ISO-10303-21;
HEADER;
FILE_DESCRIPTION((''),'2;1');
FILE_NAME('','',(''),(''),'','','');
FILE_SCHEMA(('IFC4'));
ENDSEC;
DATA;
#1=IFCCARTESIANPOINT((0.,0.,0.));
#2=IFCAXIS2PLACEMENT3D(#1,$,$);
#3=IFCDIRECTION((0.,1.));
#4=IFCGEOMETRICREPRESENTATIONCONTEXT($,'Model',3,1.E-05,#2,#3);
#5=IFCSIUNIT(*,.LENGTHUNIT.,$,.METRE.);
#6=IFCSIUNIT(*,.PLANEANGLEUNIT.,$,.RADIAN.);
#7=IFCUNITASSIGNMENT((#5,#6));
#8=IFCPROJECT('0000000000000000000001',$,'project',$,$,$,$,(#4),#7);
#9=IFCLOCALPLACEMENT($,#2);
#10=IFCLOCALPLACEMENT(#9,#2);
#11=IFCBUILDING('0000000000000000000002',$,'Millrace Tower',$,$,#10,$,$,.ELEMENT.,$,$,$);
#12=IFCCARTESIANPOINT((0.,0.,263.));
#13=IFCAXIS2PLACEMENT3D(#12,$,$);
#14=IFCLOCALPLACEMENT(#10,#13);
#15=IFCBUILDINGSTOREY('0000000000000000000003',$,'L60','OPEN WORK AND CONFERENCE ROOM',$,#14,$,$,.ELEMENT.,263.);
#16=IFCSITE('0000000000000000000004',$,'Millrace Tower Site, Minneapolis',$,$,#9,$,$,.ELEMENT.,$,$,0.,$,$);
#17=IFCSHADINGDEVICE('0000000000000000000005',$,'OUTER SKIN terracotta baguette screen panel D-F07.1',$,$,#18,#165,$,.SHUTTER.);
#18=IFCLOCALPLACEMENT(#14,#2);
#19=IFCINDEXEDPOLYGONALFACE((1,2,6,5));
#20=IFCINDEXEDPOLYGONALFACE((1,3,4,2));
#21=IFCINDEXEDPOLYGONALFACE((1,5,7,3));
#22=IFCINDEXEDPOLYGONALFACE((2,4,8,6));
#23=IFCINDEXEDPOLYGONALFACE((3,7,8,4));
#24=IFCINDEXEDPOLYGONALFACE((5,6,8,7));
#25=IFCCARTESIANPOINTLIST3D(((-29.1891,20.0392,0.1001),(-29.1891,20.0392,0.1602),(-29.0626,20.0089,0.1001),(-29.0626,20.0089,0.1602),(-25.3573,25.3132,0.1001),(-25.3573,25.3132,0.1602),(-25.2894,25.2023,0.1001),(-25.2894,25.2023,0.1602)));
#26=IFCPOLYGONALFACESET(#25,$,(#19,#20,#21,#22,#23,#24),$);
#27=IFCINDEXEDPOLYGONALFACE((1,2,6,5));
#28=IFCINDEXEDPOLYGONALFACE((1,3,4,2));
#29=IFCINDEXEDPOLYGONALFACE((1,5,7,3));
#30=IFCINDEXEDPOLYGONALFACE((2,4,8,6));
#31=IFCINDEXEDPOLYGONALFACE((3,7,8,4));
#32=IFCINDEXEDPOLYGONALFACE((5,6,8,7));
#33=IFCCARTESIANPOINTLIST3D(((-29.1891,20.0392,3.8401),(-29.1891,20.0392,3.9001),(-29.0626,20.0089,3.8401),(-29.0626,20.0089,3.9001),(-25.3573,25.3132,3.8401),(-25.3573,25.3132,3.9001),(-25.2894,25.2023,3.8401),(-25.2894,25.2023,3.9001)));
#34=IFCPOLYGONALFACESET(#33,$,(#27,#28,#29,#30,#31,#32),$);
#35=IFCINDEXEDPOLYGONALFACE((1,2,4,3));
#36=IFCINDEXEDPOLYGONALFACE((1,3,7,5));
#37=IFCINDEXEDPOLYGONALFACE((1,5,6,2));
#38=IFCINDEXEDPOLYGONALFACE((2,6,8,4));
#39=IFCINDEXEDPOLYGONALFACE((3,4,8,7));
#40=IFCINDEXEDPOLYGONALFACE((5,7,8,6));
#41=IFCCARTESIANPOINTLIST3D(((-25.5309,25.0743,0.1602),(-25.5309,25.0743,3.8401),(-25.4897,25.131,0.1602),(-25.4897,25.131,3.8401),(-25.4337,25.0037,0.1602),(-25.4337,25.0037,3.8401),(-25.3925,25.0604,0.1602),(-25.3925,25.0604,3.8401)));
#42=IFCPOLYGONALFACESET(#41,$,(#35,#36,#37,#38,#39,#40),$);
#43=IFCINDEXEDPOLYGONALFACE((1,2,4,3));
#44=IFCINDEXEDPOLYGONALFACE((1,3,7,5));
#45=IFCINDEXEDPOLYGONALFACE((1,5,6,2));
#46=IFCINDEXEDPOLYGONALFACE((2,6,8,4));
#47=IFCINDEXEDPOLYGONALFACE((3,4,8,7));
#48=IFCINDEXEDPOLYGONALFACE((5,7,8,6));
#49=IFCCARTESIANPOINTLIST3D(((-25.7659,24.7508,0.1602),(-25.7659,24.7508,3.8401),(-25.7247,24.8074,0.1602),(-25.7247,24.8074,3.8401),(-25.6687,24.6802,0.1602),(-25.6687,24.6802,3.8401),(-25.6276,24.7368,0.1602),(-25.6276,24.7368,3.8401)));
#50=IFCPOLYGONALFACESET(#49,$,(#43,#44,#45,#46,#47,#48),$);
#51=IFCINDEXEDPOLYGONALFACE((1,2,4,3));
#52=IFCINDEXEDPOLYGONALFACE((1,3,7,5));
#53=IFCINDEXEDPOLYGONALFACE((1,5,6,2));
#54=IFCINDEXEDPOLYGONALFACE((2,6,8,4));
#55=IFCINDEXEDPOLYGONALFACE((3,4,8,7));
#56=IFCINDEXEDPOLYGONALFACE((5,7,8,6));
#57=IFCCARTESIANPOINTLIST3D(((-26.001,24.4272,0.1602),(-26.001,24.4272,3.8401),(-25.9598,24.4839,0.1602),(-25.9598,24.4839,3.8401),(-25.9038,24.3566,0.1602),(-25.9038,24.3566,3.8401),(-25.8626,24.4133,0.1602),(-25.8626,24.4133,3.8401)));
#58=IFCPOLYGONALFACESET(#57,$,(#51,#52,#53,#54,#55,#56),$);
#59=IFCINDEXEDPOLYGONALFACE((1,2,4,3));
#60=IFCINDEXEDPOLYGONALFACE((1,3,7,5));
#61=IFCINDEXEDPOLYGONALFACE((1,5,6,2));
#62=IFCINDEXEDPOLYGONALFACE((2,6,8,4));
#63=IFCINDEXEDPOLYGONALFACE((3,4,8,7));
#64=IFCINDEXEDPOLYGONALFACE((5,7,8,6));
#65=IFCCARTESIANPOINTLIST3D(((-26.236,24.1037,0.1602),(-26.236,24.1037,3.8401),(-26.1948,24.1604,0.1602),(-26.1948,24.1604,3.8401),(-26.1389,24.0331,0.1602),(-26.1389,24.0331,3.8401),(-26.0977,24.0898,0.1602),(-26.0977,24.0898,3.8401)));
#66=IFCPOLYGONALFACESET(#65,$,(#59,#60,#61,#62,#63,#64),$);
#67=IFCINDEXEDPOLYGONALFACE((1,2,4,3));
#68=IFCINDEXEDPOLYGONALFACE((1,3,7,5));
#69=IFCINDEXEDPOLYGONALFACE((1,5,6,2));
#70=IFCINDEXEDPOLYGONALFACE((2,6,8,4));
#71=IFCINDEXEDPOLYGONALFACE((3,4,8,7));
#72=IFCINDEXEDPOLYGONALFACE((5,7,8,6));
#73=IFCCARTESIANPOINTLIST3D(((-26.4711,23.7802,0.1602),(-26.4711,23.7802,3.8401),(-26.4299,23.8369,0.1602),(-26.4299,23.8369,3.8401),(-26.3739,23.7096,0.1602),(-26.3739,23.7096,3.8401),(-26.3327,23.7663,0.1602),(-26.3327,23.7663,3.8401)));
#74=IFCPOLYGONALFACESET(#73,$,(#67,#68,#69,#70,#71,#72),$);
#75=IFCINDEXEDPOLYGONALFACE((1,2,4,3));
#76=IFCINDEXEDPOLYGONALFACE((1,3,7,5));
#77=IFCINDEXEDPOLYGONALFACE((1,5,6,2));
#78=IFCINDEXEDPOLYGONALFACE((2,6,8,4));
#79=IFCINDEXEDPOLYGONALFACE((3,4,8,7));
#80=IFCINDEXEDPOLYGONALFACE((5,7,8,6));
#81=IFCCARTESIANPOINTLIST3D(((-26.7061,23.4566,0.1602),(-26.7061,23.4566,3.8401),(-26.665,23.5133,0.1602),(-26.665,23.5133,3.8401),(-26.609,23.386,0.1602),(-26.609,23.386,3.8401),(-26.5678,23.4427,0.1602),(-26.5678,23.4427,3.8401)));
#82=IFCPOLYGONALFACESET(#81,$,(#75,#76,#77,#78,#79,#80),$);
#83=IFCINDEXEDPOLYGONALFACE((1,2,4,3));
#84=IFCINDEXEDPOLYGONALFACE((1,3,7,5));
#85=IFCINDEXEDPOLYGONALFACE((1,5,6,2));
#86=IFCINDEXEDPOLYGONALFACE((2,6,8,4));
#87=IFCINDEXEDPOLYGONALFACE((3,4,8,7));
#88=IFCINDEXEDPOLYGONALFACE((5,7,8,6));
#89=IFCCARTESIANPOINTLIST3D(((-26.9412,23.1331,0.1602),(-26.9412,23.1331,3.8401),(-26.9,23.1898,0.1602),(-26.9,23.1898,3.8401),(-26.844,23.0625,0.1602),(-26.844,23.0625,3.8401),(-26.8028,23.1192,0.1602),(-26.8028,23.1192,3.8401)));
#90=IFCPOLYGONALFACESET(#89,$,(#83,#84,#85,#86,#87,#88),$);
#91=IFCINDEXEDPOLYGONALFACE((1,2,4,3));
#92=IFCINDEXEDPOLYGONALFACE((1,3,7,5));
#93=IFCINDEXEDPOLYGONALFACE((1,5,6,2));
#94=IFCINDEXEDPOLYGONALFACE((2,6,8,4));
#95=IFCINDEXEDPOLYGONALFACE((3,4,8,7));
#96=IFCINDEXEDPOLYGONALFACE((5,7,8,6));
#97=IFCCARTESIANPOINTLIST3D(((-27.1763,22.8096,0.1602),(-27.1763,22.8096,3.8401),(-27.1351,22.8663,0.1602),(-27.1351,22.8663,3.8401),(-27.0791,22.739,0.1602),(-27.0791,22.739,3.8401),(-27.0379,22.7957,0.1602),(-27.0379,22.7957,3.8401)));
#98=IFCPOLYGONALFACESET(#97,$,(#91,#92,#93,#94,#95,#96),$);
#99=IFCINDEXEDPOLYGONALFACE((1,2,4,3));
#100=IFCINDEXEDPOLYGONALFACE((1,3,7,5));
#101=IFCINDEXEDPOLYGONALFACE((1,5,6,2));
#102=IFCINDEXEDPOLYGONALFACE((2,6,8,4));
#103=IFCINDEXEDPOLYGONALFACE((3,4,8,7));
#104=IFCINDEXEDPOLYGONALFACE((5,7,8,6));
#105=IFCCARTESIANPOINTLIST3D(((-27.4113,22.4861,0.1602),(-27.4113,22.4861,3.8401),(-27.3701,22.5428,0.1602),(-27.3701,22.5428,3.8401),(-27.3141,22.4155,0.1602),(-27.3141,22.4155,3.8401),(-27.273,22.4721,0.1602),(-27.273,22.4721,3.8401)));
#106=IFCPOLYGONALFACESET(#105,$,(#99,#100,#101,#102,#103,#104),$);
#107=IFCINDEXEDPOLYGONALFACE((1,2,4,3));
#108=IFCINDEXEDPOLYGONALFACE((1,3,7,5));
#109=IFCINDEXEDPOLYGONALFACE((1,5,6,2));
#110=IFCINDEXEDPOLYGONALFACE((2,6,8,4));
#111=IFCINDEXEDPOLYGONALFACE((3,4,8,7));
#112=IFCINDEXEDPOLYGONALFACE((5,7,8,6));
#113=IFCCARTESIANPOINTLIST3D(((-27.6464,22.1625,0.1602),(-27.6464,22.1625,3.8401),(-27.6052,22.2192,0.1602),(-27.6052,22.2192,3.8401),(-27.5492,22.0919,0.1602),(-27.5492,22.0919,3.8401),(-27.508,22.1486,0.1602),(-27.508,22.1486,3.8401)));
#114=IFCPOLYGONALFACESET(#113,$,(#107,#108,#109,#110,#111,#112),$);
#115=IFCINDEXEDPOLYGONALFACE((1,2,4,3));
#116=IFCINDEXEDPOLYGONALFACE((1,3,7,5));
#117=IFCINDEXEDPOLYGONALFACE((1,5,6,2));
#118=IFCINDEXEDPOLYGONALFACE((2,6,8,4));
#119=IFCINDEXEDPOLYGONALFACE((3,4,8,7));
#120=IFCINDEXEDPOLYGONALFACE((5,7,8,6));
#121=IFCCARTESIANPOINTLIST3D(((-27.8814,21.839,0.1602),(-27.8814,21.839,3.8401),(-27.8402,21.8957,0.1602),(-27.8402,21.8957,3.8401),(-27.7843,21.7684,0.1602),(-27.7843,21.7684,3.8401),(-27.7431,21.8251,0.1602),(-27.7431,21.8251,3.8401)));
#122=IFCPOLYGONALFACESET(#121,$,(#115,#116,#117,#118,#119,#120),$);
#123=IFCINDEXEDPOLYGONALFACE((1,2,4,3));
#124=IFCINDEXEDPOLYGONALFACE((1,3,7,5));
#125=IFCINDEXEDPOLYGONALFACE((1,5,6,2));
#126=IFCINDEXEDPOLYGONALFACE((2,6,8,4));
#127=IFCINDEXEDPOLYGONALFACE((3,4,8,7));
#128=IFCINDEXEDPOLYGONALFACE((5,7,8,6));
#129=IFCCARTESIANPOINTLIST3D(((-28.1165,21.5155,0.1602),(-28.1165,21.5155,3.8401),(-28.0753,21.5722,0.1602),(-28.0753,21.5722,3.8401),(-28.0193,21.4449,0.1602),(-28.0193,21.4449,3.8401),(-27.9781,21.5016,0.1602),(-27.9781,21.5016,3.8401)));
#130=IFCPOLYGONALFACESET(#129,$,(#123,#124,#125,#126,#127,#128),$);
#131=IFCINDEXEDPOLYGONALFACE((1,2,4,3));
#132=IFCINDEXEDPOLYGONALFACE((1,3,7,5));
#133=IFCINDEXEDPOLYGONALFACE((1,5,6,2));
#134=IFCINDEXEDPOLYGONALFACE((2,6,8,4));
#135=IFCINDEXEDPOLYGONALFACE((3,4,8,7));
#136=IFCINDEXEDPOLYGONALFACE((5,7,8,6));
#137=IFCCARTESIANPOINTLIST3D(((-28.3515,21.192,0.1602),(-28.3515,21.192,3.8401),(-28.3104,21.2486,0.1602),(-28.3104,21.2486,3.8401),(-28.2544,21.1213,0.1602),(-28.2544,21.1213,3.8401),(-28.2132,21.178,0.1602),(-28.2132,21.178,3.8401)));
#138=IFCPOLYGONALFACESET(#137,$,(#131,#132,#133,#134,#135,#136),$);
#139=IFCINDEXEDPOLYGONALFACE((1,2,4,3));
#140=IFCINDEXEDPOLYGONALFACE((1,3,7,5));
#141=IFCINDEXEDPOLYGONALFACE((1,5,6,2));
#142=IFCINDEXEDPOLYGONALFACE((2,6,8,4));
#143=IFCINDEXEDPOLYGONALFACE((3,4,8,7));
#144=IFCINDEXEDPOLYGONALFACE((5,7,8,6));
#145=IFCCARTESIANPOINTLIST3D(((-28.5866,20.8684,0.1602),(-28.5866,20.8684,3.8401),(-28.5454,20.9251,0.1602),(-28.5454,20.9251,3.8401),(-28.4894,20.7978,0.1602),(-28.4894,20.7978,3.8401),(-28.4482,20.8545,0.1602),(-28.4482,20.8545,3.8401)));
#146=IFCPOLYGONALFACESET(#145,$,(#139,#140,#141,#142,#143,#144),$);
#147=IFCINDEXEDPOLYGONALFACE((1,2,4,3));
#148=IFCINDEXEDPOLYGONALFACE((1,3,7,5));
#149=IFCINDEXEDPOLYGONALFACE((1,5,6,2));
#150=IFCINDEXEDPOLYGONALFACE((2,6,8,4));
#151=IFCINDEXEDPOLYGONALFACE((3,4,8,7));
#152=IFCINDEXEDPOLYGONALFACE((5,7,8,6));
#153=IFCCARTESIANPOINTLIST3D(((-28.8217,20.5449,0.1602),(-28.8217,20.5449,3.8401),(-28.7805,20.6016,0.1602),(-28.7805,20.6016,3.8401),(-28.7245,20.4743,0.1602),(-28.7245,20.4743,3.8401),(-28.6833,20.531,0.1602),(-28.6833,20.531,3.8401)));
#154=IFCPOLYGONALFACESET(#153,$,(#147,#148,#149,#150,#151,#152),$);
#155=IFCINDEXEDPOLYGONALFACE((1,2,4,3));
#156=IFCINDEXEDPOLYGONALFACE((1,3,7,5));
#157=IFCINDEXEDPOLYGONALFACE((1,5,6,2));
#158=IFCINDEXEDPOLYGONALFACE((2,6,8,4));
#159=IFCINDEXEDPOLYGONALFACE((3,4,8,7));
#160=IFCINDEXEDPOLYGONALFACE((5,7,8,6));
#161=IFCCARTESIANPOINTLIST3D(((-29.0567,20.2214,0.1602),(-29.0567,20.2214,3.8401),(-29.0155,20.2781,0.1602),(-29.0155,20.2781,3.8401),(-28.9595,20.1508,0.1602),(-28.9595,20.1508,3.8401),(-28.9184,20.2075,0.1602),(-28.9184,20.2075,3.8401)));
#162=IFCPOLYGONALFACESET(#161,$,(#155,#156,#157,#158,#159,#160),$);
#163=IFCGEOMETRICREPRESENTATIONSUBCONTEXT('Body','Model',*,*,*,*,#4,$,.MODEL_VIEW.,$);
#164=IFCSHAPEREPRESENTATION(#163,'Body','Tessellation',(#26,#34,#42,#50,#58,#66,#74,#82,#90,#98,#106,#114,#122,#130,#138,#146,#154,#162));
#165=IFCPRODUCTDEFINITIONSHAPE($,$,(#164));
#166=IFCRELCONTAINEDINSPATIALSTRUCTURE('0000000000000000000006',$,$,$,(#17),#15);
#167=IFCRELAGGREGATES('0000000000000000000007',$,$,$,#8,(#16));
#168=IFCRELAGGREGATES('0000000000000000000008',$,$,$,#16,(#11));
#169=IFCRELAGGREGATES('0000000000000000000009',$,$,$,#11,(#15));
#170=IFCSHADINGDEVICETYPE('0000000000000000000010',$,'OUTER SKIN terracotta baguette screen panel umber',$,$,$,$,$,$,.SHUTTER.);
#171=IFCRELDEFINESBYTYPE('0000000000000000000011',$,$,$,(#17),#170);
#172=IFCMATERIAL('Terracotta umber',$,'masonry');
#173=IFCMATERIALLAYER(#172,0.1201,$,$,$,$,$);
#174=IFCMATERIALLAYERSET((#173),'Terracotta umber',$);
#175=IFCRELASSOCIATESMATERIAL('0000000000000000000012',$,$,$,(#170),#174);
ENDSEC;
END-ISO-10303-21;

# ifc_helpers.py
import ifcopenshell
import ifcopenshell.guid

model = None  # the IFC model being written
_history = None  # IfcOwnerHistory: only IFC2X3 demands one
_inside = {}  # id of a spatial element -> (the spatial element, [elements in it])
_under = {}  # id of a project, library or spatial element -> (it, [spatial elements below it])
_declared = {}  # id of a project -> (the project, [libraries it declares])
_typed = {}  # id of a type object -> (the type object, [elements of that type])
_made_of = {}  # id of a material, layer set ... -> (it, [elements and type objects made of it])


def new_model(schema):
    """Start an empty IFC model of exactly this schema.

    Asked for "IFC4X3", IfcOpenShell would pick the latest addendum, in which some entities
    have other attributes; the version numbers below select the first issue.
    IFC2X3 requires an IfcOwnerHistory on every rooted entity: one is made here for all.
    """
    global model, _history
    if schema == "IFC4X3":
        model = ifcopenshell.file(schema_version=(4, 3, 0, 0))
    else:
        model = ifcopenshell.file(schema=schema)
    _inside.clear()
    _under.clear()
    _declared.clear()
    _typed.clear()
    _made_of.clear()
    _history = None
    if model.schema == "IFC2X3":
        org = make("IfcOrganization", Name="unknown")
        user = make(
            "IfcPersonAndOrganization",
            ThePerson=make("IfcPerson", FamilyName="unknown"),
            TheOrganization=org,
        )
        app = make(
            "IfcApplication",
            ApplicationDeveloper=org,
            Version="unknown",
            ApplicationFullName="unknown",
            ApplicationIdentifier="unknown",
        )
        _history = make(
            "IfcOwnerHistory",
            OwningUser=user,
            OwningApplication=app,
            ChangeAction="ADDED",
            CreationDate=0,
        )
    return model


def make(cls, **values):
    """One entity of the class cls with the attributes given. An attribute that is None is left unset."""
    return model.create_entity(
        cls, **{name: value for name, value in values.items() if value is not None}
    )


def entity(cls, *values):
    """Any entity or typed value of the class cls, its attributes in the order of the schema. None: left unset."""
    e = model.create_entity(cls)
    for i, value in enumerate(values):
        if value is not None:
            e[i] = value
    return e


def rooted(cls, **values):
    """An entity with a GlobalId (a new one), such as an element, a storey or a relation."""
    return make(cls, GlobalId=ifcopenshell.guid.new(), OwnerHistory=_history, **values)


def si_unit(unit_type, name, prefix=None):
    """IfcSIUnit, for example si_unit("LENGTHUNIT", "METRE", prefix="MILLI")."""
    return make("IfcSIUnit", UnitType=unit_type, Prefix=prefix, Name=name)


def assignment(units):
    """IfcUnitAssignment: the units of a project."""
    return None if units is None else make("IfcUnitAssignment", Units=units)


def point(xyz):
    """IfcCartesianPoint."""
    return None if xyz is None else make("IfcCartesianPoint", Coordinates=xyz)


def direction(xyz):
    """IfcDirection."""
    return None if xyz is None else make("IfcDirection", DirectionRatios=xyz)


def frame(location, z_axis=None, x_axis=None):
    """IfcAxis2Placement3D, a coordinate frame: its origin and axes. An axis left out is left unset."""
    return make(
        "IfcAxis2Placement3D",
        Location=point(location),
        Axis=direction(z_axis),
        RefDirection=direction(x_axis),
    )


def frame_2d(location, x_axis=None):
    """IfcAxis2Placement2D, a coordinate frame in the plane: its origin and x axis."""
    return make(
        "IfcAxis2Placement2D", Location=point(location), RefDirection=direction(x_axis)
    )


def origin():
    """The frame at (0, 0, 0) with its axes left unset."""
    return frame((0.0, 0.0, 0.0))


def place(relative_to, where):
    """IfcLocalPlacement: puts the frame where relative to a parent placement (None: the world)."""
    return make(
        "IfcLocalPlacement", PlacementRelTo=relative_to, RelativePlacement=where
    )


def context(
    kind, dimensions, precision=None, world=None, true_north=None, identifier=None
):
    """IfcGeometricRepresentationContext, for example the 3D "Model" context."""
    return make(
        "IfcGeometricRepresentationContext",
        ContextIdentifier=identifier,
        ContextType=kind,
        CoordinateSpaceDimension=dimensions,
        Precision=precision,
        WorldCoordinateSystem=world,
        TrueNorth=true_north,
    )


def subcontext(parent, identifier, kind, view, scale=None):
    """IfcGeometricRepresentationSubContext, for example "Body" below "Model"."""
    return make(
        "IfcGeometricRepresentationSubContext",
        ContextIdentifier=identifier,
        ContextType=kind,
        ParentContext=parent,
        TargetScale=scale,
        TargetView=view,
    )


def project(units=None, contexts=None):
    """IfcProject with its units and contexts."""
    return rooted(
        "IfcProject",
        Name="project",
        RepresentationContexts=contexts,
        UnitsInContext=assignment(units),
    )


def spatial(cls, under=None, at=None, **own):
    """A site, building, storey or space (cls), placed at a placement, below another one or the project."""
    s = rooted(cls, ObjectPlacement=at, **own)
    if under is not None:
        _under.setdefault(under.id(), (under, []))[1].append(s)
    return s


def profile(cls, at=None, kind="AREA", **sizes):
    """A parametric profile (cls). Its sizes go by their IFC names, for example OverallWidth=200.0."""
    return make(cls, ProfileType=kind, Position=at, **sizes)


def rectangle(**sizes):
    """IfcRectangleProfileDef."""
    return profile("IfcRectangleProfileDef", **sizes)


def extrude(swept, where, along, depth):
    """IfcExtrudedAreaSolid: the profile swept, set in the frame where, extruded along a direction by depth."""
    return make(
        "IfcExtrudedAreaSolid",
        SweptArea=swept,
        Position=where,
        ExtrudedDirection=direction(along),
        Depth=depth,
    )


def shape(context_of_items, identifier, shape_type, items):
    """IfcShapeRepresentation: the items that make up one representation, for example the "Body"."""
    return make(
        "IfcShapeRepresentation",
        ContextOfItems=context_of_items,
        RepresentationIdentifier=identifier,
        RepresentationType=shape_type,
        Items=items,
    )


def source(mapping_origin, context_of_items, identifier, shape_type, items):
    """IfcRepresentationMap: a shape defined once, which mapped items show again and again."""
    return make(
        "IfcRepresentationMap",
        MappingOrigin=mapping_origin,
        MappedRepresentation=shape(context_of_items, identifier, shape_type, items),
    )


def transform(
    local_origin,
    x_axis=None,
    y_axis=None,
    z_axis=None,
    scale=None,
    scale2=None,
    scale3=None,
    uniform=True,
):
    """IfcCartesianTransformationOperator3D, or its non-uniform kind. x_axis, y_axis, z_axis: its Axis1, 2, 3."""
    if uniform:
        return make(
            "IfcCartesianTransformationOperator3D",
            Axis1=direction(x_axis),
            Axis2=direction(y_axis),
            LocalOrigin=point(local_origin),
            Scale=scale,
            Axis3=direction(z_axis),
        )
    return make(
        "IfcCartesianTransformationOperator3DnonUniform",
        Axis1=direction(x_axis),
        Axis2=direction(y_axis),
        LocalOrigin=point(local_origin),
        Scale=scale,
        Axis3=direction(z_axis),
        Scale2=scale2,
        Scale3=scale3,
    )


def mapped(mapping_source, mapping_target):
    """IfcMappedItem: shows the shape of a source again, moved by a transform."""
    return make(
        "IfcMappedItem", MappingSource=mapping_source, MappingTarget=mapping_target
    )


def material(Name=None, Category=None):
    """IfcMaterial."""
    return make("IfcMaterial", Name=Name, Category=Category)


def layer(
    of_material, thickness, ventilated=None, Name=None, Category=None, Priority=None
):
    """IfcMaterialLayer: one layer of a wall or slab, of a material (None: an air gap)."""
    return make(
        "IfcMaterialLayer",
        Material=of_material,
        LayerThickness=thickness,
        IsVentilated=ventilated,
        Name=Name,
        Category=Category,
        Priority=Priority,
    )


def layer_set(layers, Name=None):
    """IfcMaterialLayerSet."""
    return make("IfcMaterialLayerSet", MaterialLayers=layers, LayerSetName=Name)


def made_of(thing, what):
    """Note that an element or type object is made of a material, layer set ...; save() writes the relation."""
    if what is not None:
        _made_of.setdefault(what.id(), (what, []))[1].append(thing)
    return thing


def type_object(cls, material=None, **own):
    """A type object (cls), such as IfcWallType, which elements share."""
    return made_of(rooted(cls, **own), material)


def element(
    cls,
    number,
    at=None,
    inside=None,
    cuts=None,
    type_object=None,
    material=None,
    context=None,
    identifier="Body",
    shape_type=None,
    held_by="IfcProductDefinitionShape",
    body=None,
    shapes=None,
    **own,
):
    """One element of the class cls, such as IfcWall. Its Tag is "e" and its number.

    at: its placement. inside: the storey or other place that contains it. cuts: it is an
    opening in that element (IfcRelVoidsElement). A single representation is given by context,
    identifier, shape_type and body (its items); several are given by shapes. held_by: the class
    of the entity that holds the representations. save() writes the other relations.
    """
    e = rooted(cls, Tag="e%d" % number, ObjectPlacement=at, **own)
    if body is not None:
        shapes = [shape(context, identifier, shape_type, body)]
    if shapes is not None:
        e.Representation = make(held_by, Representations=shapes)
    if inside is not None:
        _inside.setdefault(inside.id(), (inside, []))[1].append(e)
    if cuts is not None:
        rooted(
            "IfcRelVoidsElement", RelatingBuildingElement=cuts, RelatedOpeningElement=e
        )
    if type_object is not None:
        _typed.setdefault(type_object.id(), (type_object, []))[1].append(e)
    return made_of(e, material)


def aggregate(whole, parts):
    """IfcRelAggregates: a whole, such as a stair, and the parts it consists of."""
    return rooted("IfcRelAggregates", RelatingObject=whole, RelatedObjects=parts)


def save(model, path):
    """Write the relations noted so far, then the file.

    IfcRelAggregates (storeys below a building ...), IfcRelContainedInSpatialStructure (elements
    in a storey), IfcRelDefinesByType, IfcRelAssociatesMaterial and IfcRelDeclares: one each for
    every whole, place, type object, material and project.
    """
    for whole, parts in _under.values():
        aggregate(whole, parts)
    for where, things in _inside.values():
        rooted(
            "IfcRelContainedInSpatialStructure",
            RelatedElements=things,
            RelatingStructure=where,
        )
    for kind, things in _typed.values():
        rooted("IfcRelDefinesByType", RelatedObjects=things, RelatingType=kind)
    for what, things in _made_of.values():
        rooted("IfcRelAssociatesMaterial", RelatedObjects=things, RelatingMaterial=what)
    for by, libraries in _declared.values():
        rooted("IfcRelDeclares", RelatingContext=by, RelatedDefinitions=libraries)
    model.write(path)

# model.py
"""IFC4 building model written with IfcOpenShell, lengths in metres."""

from ifc_helpers import new_model, entity, si_unit, direction, frame, frame_2d, origin, place, context, subcontext, project, spatial, rectangle, extrude, source, transform, mapped, material, layer, layer_set, type_object, element, save


model = new_model("IFC4")

# Units and contexts
model_context = context("Model", 3, precision=1e-05, world=origin(), true_north=direction((0.0, 1.0)))
body_context = subcontext(model_context, "Body", "Model", "MODEL_VIEW")
ifc_project = project(units=[si_unit("LENGTHUNIT", "METRE"), si_unit("PLANEANGLEUNIT", "RADIAN")], contexts=[model_context])

# Site, building, storey
site_placement = place(None, origin())
site = spatial("IfcSite", under=ifc_project, at=site_placement, Name="Millrace Tower Site, Minneapolis", CompositionType="ELEMENT", RefElevation=0.0)
building_placement = place(site_placement, origin())
building = spatial("IfcBuilding", under=site, at=building_placement, Name="Millrace Tower", CompositionType="ELEMENT")
storey_placement = place(building_placement, frame((0.0, 0.0, 263.0)))
storey = spatial("IfcBuildingStorey", under=building, at=storey_placement, Name="L60", Description="OPEN WORK AND CONFERENCE ROOM", CompositionType="ELEMENT", Elevation=263.0)

# Shading device
ifc_material_1 = material(Name="Terracotta umber", Category="masonry")
ifc_layer_1 = layer(ifc_material_1, 0.1201)
ifc_layer_set_1 = layer_set([ifc_layer_1], Name="Terracotta umber")
shading_device_type = type_object("IfcShadingDeviceType", Name="OUTER SKIN terracotta baguette screen panel umber", PredefinedType="SHUTTER", material=ifc_layer_set_1)
cartesian_point_1 = entity("IfcCartesianPoint", [-3.2097, 0.0601])
shared_polyline_1 = entity("IfcPolyline", [cartesian_point_1, entity("IfcCartesianPoint", [3.2097, 0.0601]), entity("IfcCartesianPoint", [3.2595, -0.0601]), entity("IfcCartesianPoint", [-3.2595, -0.0601]), cartesian_point_1])
shared_shape_1 = source(origin(), body_context, "Body", "SweptSolid", [
    entity("IfcExtrudedAreaSolid", entity("IfcArbitraryClosedProfileDef", "AREA", None, shared_polyline_1), entity("IfcAxis2Placement3D", entity("IfcCartesianPoint", [0.0, 0.0, 0.0])), entity("IfcDirection", [0.0, 0.0, 1.0]), 0.0601),
    entity("IfcExtrudedAreaSolid", entity("IfcArbitraryClosedProfileDef", "AREA", None, shared_polyline_1), entity("IfcAxis2Placement3D", entity("IfcCartesianPoint", [0.0, 0.0, 3.74])), entity("IfcDirection", [0.0, 0.0, 1.0]), 0.0601),
    extrude(rectangle(XDim=0.0701, YDim=0.1201, at=frame_2d((-2.9993, 0.0))), frame((0.0, 0.0, 0.0601)), (0.0, 0.0, 1.0), 3.6799),
    extrude(rectangle(XDim=0.0701, YDim=0.1201, at=frame_2d((-2.5994, 0.0))), frame((0.0, 0.0, 0.0601)), (0.0, 0.0, 1.0), 3.6799),
    extrude(rectangle(XDim=0.0701, YDim=0.1201, at=frame_2d((-2.1995, 0.0))), frame((0.0, 0.0, 0.0601)), (0.0, 0.0, 1.0), 3.6799),
    extrude(rectangle(XDim=0.0701, YDim=0.1201, at=frame_2d((-1.7996, 0.0))), frame((0.0, 0.0, 0.0601)), (0.0, 0.0, 1.0), 3.6799),
    extrude(rectangle(XDim=0.0701, YDim=0.1201, at=frame_2d((-1.3997, 0.0))), frame((0.0, 0.0, 0.0601)), (0.0, 0.0, 1.0), 3.6799),
    extrude(rectangle(XDim=0.0701, YDim=0.1201, at=frame_2d((-0.9998, 0.0))), frame((0.0, 0.0, 0.0601)), (0.0, 0.0, 1.0), 3.6799),
    extrude(rectangle(XDim=0.0701, YDim=0.1201, at=frame_2d((-0.5999, 0.0))), frame((0.0, 0.0, 0.0601)), (0.0, 0.0, 1.0), 3.6799),
    extrude(rectangle(XDim=0.0701, YDim=0.1201, at=frame_2d((-0.2, 0.0))), frame((0.0, 0.0, 0.0601)), (0.0, 0.0, 1.0), 3.6799),
    extrude(rectangle(XDim=0.0701, YDim=0.1201, at=frame_2d((0.2, 0.0))), frame((0.0, 0.0, 0.0601)), (0.0, 0.0, 1.0), 3.6799),
    extrude(rectangle(XDim=0.0701, YDim=0.1201, at=frame_2d((0.5999, 0.0))), frame((0.0, 0.0, 0.0601)), (0.0, 0.0, 1.0), 3.6799),
    extrude(rectangle(XDim=0.0701, YDim=0.1201, at=frame_2d((0.9998, 0.0))), frame((0.0, 0.0, 0.0601)), (0.0, 0.0, 1.0), 3.6799),
    extrude(rectangle(XDim=0.0701, YDim=0.1201, at=frame_2d((1.3997, 0.0))), frame((0.0, 0.0, 0.0601)), (0.0, 0.0, 1.0), 3.6799),
    extrude(rectangle(XDim=0.0701, YDim=0.1201, at=frame_2d((1.7996, 0.0))), frame((0.0, 0.0, 0.0601)), (0.0, 0.0, 1.0), 3.6799),
    extrude(rectangle(XDim=0.0701, YDim=0.1201, at=frame_2d((2.1995, 0.0))), frame((0.0, 0.0, 0.0601)), (0.0, 0.0, 1.0), 3.6799),
    extrude(rectangle(XDim=0.0701, YDim=0.1201, at=frame_2d((2.5994, 0.0))), frame((0.0, 0.0, 0.0601)), (0.0, 0.0, 1.0), 3.6799),
    extrude(rectangle(XDim=0.0701, YDim=0.1201, at=frame_2d((2.9993, 0.0))), frame((0.0, 0.0, 0.0601)), (0.0, 0.0, 1.0), 3.6799),
])
shading_device_1_placement = place(storey_placement, frame((-27.2246, 22.6409, 0.1001), z_axis=(0.0, 0.0, 1.0), x_axis=(-0.587785, -0.809017, 0.0)))
element("IfcShadingDevice", 1, at=shading_device_1_placement, inside=storey, type_object=shading_device_type, Name="OUTER SKIN terracotta baguette screen panel D-F07.1", PredefinedType="SHUTTER", context=body_context, shape_type="MappedRepresentation", body=[
    mapped(shared_shape_1, transform((0.0, 0.0, 0.0), scale=1.0)),
])

save(model, "model.ifc")
